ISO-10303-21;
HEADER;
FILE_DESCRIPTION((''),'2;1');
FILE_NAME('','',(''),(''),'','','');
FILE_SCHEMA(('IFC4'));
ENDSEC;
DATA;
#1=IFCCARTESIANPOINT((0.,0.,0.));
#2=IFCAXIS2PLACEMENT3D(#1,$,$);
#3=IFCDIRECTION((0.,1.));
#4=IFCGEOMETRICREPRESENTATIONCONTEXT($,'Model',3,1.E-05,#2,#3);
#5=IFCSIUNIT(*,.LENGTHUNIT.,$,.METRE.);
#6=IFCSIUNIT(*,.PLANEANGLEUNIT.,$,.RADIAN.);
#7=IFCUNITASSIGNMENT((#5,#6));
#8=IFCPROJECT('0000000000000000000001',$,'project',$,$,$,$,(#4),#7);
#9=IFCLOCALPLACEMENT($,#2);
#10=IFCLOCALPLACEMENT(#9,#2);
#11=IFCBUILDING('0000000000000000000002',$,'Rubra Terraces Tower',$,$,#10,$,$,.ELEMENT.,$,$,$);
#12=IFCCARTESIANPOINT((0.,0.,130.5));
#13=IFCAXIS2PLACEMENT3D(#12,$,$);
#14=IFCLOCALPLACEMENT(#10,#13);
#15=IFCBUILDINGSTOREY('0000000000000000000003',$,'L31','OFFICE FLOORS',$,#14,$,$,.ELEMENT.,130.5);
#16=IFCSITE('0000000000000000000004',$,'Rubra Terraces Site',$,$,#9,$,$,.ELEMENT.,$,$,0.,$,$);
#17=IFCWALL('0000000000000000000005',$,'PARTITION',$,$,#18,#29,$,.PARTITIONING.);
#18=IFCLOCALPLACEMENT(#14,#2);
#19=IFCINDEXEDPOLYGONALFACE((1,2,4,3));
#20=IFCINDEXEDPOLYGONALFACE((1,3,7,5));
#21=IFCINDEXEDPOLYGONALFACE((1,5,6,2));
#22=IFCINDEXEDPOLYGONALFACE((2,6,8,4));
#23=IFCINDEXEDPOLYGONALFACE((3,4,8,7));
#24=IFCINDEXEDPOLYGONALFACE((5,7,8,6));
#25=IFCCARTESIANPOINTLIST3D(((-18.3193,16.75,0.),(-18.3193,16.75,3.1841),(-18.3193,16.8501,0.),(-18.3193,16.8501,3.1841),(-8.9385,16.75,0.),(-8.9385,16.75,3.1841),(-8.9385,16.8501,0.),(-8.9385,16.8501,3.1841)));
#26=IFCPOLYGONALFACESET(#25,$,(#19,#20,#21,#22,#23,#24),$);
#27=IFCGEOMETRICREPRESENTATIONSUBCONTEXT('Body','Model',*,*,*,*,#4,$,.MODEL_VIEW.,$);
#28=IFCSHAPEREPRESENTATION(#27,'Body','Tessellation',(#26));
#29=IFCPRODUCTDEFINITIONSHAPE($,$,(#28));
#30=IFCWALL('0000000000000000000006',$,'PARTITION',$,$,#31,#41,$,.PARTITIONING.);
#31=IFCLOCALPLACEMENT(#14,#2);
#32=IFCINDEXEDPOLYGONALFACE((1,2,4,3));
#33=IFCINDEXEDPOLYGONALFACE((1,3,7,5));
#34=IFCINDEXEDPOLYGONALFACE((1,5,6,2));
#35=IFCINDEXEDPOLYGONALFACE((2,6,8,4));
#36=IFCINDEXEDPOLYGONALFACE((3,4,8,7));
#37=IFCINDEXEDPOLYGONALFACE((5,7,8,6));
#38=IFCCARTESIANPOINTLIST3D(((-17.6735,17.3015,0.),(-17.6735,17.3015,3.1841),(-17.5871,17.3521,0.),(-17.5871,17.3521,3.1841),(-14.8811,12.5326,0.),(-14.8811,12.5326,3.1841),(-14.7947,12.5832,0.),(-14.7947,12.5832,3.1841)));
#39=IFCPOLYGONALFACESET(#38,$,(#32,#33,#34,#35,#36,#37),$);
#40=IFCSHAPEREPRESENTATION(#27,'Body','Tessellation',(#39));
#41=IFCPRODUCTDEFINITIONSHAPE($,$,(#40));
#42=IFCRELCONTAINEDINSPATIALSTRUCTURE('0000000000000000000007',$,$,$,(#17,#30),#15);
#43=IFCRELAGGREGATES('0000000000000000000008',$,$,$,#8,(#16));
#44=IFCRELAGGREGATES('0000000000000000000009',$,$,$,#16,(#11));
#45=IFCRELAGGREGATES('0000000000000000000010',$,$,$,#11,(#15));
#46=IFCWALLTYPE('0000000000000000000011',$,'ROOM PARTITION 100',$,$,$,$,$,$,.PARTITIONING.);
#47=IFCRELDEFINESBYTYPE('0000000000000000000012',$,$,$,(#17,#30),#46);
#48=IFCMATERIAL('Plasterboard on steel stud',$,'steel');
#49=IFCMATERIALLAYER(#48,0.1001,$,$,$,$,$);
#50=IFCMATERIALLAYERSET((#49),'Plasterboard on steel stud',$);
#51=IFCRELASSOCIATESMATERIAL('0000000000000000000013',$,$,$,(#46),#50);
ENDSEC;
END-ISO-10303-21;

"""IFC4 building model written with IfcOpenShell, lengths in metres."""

from ifc_helpers import new_model, si_unit, direction, frame, frame_2d, origin, place, context, subcontext, project, spatial, rectangle, extrude, material, layer, layer_set, type_object, element, save


model = new_model("IFC4")

# Units and contexts
model_context = context("Model", 3, precision=1e-05, world=origin(), true_north=direction((0.0, 1.0)))
body_context = subcontext(model_context, "Body", "Model", "MODEL_VIEW")
ifc_project = project(units=[si_unit("LENGTHUNIT", "METRE"), si_unit("PLANEANGLEUNIT", "RADIAN")], contexts=[model_context])

# Site, building, storey
site_placement = place(None, origin())
site = spatial("IfcSite", under=ifc_project, at=site_placement, Name="Rubra Terraces Site", CompositionType="ELEMENT", RefElevation=0.0)
building_placement = place(site_placement, origin())
building = spatial("IfcBuilding", under=site, at=building_placement, Name="Rubra Terraces Tower", CompositionType="ELEMENT")
storey_placement = place(building_placement, frame((0.0, 0.0, 130.5)))
storey = spatial("IfcBuildingStorey", under=building, at=storey_placement, Name="L31", Description="OFFICE FLOORS", CompositionType="ELEMENT", Elevation=130.5)

# Walls
ifc_material_1 = material(Name="Plasterboard on steel stud", Category="steel")
ifc_layer_1 = layer(ifc_material_1, 0.1001)
ifc_layer_set_1 = layer_set([ifc_layer_1], Name="Plasterboard on steel stud")
wall_type_1 = type_object("IfcWallType", Name="ROOM PARTITION 100", PredefinedType="PARTITIONING", material=ifc_layer_set_1)
wall_1_placement = place(storey_placement, frame((-18.3193, 16.8, 0.0), z_axis=(0.0, 0.0, 1.0), x_axis=(1.0, 0.0, 0.0)))
element("IfcWall", 1, at=wall_1_placement, inside=storey, type_object=wall_type_1, Name="PARTITION", PredefinedType="PARTITIONING", context=body_context, shape_type="SweptSolid", body=[
    extrude(rectangle(XDim=9.3809, YDim=0.1001, at=frame_2d((4.6904, 0.0))), origin(), (0.0, 0.0, 1.0), 3.1841),
])
wall_2_placement = place(storey_placement, frame((-14.8379, 12.5579, 0.0), z_axis=(0.0, 0.0, 1.0), x_axis=(-0.505293, 0.862948, 0.0)))
element("IfcWall", 2, at=wall_2_placement, inside=storey, type_object=wall_type_1, Name="PARTITION", PredefinedType="PARTITIONING", context=body_context, shape_type="SweptSolid", body=[
    extrude(rectangle(XDim=5.5264, YDim=0.1001, at=frame_2d((2.7632, 0.0))), origin(), (0.0, 0.0, 1.0), 3.1841),
])

save(model, "model.ifc")
